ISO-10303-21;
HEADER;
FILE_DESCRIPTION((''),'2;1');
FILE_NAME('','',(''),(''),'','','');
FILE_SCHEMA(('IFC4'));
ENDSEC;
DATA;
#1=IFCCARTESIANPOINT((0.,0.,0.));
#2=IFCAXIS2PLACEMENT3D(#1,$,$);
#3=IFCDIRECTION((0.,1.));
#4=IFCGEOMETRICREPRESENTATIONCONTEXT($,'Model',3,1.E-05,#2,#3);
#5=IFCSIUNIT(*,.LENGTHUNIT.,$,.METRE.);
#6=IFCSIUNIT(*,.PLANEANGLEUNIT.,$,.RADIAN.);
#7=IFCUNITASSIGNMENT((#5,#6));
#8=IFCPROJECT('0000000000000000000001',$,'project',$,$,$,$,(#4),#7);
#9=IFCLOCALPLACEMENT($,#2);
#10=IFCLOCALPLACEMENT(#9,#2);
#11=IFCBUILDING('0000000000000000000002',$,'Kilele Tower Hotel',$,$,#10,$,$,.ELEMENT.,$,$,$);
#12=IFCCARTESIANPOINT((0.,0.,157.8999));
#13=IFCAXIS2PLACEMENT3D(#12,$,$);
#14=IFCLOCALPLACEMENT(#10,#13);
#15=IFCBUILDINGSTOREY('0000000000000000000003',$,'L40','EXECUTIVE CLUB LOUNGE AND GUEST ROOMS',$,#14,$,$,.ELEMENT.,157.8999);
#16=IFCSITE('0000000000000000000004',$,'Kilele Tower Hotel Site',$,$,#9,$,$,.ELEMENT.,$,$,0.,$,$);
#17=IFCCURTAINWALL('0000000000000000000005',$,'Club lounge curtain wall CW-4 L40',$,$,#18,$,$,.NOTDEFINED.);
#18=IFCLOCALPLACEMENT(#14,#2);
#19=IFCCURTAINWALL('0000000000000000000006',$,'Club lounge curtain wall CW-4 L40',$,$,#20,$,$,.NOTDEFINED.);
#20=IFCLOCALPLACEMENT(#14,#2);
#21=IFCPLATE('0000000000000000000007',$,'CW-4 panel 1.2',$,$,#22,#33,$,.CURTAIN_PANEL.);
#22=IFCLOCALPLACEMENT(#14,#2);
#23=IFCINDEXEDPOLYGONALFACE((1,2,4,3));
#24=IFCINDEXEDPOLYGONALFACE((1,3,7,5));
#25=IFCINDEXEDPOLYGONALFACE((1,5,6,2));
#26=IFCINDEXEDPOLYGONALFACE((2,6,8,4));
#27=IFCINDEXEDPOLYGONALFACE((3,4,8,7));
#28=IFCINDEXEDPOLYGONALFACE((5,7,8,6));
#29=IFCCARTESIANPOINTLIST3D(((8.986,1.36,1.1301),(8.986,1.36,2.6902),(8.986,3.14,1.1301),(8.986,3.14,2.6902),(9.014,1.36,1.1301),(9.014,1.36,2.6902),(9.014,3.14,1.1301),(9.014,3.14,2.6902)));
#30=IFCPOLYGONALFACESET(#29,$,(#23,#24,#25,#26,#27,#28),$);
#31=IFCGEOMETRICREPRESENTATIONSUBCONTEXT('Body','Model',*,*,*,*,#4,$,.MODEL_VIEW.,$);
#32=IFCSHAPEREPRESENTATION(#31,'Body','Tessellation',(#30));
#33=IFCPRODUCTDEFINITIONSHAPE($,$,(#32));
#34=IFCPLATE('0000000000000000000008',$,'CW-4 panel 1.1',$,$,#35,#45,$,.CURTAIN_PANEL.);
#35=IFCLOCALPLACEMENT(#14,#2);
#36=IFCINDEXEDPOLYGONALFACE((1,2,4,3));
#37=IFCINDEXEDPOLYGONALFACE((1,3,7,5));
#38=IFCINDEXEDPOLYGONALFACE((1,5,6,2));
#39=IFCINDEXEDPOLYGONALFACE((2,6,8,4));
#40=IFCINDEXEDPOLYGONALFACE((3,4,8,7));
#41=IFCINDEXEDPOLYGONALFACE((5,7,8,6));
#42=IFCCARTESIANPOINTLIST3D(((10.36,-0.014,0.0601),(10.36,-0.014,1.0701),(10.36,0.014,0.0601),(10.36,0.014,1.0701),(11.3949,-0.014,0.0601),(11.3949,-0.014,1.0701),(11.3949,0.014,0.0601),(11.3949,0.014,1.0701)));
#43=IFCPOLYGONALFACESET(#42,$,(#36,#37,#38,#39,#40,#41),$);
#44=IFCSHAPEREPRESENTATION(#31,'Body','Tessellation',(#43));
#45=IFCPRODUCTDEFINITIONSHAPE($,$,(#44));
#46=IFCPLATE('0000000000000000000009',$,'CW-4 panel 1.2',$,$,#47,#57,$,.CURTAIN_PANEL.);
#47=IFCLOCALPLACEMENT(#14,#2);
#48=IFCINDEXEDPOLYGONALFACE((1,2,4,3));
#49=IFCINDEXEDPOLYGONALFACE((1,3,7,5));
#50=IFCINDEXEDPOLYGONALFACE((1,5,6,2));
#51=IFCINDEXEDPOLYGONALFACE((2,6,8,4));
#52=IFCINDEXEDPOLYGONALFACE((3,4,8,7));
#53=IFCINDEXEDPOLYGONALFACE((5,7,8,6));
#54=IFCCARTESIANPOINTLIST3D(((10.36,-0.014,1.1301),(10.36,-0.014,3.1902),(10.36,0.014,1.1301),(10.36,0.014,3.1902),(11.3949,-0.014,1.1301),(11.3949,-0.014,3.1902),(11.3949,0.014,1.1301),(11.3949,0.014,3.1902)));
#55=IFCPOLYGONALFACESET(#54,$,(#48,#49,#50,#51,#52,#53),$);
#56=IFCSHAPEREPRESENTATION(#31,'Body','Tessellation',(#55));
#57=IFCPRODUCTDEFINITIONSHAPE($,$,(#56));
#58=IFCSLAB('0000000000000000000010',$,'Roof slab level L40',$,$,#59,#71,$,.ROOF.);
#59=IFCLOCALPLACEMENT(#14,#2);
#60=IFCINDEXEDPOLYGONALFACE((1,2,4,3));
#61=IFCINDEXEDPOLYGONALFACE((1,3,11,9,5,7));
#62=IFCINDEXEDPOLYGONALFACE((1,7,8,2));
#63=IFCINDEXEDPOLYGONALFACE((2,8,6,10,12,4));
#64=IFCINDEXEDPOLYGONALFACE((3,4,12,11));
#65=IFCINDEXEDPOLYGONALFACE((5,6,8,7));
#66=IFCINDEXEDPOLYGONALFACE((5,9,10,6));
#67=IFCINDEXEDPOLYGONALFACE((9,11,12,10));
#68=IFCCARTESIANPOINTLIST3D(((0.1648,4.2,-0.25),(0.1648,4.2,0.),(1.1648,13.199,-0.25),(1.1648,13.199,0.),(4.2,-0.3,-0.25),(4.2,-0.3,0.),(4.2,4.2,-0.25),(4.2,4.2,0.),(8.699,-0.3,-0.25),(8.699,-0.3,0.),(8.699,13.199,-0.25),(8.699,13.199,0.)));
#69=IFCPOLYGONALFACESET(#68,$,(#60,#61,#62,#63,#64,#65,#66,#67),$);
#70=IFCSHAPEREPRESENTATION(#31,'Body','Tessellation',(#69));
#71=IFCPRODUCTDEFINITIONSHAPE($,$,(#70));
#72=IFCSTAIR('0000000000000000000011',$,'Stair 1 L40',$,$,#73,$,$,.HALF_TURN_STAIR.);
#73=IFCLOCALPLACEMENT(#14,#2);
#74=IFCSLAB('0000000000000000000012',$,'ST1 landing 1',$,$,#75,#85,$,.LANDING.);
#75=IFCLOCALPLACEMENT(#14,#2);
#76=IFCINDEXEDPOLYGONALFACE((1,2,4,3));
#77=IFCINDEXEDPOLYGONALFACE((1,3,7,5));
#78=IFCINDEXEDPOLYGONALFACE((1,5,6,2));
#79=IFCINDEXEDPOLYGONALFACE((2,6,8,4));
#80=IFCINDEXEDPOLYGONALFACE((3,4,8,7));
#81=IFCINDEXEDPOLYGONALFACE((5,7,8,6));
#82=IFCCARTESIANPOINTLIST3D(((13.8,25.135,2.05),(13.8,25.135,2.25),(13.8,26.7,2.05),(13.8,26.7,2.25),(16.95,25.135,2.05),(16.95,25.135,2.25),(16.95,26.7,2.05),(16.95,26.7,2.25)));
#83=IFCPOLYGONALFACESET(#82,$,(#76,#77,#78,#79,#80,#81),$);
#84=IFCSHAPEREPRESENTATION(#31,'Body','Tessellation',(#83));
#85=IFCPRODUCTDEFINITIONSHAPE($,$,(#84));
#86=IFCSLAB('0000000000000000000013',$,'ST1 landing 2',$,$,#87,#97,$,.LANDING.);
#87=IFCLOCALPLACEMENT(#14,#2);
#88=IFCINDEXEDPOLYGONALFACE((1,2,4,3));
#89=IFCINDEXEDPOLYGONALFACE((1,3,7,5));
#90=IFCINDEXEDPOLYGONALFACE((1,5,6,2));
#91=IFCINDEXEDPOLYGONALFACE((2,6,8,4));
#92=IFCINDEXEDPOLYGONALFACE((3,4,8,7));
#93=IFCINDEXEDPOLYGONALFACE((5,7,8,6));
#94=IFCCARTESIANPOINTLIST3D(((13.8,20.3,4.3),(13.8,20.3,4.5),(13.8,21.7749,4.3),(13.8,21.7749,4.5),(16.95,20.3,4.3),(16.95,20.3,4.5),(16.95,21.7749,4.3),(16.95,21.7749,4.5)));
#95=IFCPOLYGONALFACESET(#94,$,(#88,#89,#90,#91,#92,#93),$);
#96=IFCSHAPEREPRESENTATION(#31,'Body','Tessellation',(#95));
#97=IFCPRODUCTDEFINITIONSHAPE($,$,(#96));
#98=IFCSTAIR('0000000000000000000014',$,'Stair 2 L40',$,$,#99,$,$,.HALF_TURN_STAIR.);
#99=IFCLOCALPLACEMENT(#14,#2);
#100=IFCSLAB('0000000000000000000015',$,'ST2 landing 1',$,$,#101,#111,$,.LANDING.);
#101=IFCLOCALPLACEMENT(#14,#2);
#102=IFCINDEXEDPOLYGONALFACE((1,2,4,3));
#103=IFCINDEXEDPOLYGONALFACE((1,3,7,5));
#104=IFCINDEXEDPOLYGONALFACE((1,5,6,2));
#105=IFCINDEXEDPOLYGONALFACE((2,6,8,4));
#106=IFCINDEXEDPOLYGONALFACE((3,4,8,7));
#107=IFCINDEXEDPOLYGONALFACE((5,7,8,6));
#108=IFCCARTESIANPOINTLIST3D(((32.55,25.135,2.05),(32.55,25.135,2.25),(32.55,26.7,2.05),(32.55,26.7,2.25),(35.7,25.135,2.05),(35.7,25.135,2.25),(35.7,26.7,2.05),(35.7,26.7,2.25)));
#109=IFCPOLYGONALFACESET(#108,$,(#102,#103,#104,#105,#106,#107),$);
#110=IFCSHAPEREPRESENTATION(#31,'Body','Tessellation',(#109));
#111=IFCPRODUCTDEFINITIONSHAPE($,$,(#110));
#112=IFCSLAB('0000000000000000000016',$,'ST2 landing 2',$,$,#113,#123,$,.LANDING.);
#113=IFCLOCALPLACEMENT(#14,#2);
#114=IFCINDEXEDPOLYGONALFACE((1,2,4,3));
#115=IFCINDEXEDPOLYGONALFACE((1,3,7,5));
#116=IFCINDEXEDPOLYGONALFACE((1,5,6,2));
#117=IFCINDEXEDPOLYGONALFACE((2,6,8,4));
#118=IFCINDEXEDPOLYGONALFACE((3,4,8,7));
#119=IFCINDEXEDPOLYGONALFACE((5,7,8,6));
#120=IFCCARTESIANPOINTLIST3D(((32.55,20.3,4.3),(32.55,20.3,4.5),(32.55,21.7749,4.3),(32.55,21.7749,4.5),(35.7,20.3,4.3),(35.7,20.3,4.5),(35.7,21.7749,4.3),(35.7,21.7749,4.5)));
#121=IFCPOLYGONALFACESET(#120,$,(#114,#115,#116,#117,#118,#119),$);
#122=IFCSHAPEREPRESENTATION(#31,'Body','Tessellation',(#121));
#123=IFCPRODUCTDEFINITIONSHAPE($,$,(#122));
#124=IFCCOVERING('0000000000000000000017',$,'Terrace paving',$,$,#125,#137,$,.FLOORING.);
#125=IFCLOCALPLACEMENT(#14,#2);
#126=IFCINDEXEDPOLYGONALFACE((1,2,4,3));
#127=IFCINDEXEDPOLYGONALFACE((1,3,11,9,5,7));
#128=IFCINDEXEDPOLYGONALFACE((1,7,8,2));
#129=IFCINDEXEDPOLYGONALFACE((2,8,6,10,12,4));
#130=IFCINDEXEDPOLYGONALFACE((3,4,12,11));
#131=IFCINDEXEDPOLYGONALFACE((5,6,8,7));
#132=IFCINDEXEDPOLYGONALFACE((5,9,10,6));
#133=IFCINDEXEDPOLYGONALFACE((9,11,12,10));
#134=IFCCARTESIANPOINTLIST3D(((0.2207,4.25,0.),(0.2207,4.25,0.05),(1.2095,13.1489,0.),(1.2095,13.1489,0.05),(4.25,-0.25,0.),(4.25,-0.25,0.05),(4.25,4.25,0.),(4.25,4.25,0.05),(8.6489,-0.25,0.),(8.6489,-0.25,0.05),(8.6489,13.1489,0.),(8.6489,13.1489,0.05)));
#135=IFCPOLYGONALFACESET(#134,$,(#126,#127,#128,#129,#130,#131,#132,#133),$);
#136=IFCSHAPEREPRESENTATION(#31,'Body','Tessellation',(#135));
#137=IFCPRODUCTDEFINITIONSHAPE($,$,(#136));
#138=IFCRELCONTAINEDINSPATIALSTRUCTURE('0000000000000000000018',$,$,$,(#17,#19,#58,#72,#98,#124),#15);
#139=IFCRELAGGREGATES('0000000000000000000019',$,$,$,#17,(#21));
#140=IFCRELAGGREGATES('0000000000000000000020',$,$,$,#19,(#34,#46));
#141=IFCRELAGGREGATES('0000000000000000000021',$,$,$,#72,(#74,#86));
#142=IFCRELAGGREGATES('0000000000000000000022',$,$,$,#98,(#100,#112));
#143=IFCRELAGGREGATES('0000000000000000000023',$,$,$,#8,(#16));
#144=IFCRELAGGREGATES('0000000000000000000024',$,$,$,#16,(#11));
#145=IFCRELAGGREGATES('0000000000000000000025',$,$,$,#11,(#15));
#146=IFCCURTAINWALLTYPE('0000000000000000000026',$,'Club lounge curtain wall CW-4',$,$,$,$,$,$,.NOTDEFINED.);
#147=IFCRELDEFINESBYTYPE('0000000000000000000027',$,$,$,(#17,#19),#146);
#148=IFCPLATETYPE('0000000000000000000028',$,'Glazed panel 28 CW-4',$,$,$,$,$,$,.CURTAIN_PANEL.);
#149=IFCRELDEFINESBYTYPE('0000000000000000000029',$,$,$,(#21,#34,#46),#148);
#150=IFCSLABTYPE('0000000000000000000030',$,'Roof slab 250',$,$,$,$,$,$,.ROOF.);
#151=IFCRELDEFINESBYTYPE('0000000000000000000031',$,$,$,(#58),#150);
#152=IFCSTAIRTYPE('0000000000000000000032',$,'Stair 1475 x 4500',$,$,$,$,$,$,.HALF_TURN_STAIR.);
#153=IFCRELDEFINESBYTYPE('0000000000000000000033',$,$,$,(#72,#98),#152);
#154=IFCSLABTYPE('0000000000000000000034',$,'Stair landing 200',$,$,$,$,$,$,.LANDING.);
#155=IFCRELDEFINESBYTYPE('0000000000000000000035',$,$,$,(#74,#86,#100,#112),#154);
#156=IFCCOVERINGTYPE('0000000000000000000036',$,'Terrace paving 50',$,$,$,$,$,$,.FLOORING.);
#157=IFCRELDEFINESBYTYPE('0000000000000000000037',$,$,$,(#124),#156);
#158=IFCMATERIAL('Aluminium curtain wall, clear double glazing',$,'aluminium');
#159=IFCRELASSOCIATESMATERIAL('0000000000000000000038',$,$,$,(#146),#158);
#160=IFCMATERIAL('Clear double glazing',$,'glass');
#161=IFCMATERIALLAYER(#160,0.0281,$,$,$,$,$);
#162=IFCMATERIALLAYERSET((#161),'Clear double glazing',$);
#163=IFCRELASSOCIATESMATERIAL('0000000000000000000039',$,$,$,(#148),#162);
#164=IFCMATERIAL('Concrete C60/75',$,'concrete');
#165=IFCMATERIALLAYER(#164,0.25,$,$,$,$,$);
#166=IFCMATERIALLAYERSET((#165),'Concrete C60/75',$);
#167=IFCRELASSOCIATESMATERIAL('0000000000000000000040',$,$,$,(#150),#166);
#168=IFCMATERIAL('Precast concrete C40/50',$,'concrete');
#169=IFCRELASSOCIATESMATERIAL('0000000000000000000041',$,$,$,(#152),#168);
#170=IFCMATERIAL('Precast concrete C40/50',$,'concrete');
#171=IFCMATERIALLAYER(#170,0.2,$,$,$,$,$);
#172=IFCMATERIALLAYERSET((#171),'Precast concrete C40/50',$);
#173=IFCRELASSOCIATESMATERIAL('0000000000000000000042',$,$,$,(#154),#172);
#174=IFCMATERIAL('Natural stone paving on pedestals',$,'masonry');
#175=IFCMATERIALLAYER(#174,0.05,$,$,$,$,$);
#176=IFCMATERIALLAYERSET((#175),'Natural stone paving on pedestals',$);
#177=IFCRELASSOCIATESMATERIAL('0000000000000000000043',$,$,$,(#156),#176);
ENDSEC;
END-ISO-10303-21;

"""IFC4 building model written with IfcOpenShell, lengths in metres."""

from ifc_helpers import new_model, si_unit, direction, frame, origin, origin_2d, place, context, subcontext, project, spatial, polyline, rectangle, outline, extrude, material, layer, layer_set, type_object, element, aggregate, save


model = new_model("IFC4")

# Units and contexts
model_context = context("Model", 3, precision=1e-05, world=origin(), true_north=direction((0.0, 1.0)))
body_context = subcontext(model_context, "Body", "Model", "MODEL_VIEW")
ifc_project = project(units=[si_unit("LENGTHUNIT", "METRE"), si_unit("PLANEANGLEUNIT", "RADIAN")], contexts=[model_context])

# Site, building, storey
site_placement = place(None, origin())
site = spatial("IfcSite", under=ifc_project, at=site_placement, Name="Kilele Tower Hotel Site", CompositionType="ELEMENT", RefElevation=0.0)
building_placement = place(site_placement, origin())
building = spatial("IfcBuilding", under=site, at=building_placement, Name="Kilele Tower Hotel", CompositionType="ELEMENT")
storey_placement = place(building_placement, frame((0.0, 0.0, 157.8999)))
storey = spatial("IfcBuildingStorey", under=building, at=storey_placement, Name="L40", Description="EXECUTIVE CLUB LOUNGE AND GUEST ROOMS", CompositionType="ELEMENT", Elevation=157.8999)

# Curtain walls
ifc_material_1 = material(Name="Aluminium curtain wall, clear double glazing", Category="aluminium")
curtain_wall_type = type_object("IfcCurtainWallType", Name="Club lounge curtain wall CW-4", PredefinedType="NOTDEFINED", material=ifc_material_1)
curtain_wall_1_placement = place(storey_placement, origin())
curtain_wall_1 = element("IfcCurtainWall", 1, at=curtain_wall_1_placement, inside=storey, type_object=curtain_wall_type, Name="Club lounge curtain wall CW-4 L40", PredefinedType="NOTDEFINED")
curtain_wall_2_placement = place(storey_placement, origin())
curtain_wall_2 = element("IfcCurtainWall", 2, at=curtain_wall_2_placement, inside=storey, type_object=curtain_wall_type, Name="Club lounge curtain wall CW-4 L40", PredefinedType="NOTDEFINED")

# Plates
ifc_material_2 = material(Name="Clear double glazing", Category="glass")
ifc_layer_1 = layer(ifc_material_2, 0.0281)
ifc_layer_set_1 = layer_set([ifc_layer_1], Name="Clear double glazing")
plate_type = type_object("IfcPlateType", Name="Glazed panel 28 CW-4", PredefinedType="CURTAIN_PANEL", material=ifc_layer_set_1)
plate_1_placement = place(storey_placement, frame((9.0, 2.25, 1.1301), z_axis=(0.0, 0.0, 1.0), x_axis=(0.0, -1.0, 0.0)))
plate_1 = element("IfcPlate", 3, at=plate_1_placement, type_object=plate_type, Name="CW-4 panel 1.2", PredefinedType="CURTAIN_PANEL", context=body_context, shape_type="SweptSolid", body=[
    extrude(rectangle(XDim=1.78, YDim=0.0281, at=origin_2d()), origin(), (0.0, 0.0, 1.0), 1.5601),
])
aggregate(curtain_wall_1, [plate_1])
plate_2_placement = place(storey_placement, frame((10.8774, 0.0, 0.0601), z_axis=(0.0, 0.0, 1.0), x_axis=(1.0, 0.0, 0.0)))
plate_2 = element("IfcPlate", 4, at=plate_2_placement, type_object=plate_type, Name="CW-4 panel 1.1", PredefinedType="CURTAIN_PANEL", context=body_context, shape_type="SweptSolid", body=[
    extrude(rectangle(XDim=1.0349, YDim=0.0281, at=origin_2d()), origin(), (0.0, 0.0, 1.0), 1.01),
])
plate_3_placement = place(storey_placement, frame((10.8774, 0.0, 1.1301), z_axis=(0.0, 0.0, 1.0), x_axis=(1.0, 0.0, 0.0)))
plate_3 = element("IfcPlate", 5, at=plate_3_placement, type_object=plate_type, Name="CW-4 panel 1.2", PredefinedType="CURTAIN_PANEL", context=body_context, shape_type="SweptSolid", body=[
    extrude(rectangle(XDim=1.0349, YDim=0.0281, at=origin_2d()), origin(), (0.0, 0.0, 1.0), 2.0601),
])
aggregate(curtain_wall_2, [plate_2, plate_3])

# Slab
ifc_material_3 = material(Name="Concrete C60/75", Category="concrete")
ifc_layer_2 = layer(ifc_material_3, 0.25)
ifc_layer_set_2 = layer_set([ifc_layer_2], Name="Concrete C60/75")
slab_type_1 = type_object("IfcSlabType", Name="Roof slab 250", PredefinedType="ROOF", material=ifc_layer_set_2)
slab_1_placement = place(storey_placement, frame((0.0, 0.0, -0.25)))
element("IfcSlab", 6, at=slab_1_placement, inside=storey, type_object=slab_type_1, Name="Roof slab level L40", PredefinedType="ROOF", context=body_context, shape_type="SweptSolid", body=[
    extrude(outline(polyline([(1.1648, 13.199), (1.1648, 13.199), (1.1648, 13.199), (8.699, 13.199), (8.699, -0.3), (4.2, -0.3), (4.2, 4.2), (0.1648, 4.2), (1.1648, 13.199)])), origin(), (0.0, 0.0, 1.0), 0.25),
])

# Stairs, slabs
ifc_material_4 = material(Name="Precast concrete C40/50", Category="concrete")
stair_type = type_object("IfcStairType", Name="Stair 1475 x 4500", PredefinedType="HALF_TURN_STAIR", material=ifc_material_4)
stair_1_placement = place(storey_placement, origin())
stair_1 = element("IfcStair", 7, at=stair_1_placement, inside=storey, type_object=stair_type, Name="Stair 1 L40", PredefinedType="HALF_TURN_STAIR")
ifc_material_5 = material(Name="Precast concrete C40/50", Category="concrete")
ifc_layer_3 = layer(ifc_material_5, 0.2)
ifc_layer_set_3 = layer_set([ifc_layer_3], Name="Precast concrete C40/50")
slab_type_2 = type_object("IfcSlabType", Name="Stair landing 200", PredefinedType="LANDING", material=ifc_layer_set_3)
slab_2_placement = place(storey_placement, frame((0.0, 0.0, 2.05)))
slab_2 = element("IfcSlab", 8, at=slab_2_placement, type_object=slab_type_2, Name="ST1 landing 1", PredefinedType="LANDING", context=body_context, shape_type="SweptSolid", body=[
    extrude(outline(polyline([(13.8, 25.135), (16.95, 25.135), (16.95, 26.7), (13.8, 26.7), (13.8, 25.135)])), origin(), (0.0, 0.0, 1.0), 0.2),
])
slab_3_placement = place(storey_placement, frame((0.0, 0.0, 4.3)))
slab_3 = element("IfcSlab", 9, at=slab_3_placement, type_object=slab_type_2, Name="ST1 landing 2", PredefinedType="LANDING", context=body_context, shape_type="SweptSolid", body=[
    extrude(outline(polyline([(13.8, 20.3), (16.95, 20.3), (16.95, 21.7749), (13.8, 21.7749), (13.8, 20.3)])), origin(), (0.0, 0.0, 1.0), 0.2),
])
aggregate(stair_1, [slab_2, slab_3])
stair_2_placement = place(storey_placement, origin())
stair_2 = element("IfcStair", 10, at=stair_2_placement, inside=storey, type_object=stair_type, Name="Stair 2 L40", PredefinedType="HALF_TURN_STAIR")
slab_4_placement = place(storey_placement, frame((0.0, 0.0, 2.05)))
slab_4 = element("IfcSlab", 11, at=slab_4_placement, type_object=slab_type_2, Name="ST2 landing 1", PredefinedType="LANDING", context=body_context, shape_type="SweptSolid", body=[
    extrude(outline(polyline([(32.55, 25.135), (35.7, 25.135), (35.7, 26.7), (32.55, 26.7), (32.55, 25.135)])), origin(), (0.0, 0.0, 1.0), 0.2),
])
slab_5_placement = place(storey_placement, frame((0.0, 0.0, 4.3)))
slab_5 = element("IfcSlab", 12, at=slab_5_placement, type_object=slab_type_2, Name="ST2 landing 2", PredefinedType="LANDING", context=body_context, shape_type="SweptSolid", body=[
    extrude(outline(polyline([(32.55, 20.3), (35.7, 20.3), (35.7, 21.7749), (32.55, 21.7749), (32.55, 20.3)])), origin(), (0.0, 0.0, 1.0), 0.2),
])
aggregate(stair_2, [slab_4, slab_5])

# Covering
ifc_material_6 = material(Name="Natural stone paving on pedestals", Category="masonry")
ifc_layer_4 = layer(ifc_material_6, 0.05)
ifc_layer_set_4 = layer_set([ifc_layer_4], Name="Natural stone paving on pedestals")
covering_type = type_object("IfcCoveringType", Name="Terrace paving 50", PredefinedType="FLOORING", material=ifc_layer_set_4)
covering_placement = place(storey_placement, origin())
element("IfcCovering", 13, at=covering_placement, inside=storey, type_object=covering_type, Name="Terrace paving", PredefinedType="FLOORING", context=body_context, shape_type="SweptSolid", body=[
    extrude(outline(polyline([(1.2095, 13.1489), (8.6489, 13.1489), (8.6489, -0.25), (4.25, -0.25), (4.25, 4.25), (0.2207, 4.25), (1.2095, 13.1489)])), origin(), (0.0, 0.0, 1.0), 0.05),
])

save(model, "model.ifc")
